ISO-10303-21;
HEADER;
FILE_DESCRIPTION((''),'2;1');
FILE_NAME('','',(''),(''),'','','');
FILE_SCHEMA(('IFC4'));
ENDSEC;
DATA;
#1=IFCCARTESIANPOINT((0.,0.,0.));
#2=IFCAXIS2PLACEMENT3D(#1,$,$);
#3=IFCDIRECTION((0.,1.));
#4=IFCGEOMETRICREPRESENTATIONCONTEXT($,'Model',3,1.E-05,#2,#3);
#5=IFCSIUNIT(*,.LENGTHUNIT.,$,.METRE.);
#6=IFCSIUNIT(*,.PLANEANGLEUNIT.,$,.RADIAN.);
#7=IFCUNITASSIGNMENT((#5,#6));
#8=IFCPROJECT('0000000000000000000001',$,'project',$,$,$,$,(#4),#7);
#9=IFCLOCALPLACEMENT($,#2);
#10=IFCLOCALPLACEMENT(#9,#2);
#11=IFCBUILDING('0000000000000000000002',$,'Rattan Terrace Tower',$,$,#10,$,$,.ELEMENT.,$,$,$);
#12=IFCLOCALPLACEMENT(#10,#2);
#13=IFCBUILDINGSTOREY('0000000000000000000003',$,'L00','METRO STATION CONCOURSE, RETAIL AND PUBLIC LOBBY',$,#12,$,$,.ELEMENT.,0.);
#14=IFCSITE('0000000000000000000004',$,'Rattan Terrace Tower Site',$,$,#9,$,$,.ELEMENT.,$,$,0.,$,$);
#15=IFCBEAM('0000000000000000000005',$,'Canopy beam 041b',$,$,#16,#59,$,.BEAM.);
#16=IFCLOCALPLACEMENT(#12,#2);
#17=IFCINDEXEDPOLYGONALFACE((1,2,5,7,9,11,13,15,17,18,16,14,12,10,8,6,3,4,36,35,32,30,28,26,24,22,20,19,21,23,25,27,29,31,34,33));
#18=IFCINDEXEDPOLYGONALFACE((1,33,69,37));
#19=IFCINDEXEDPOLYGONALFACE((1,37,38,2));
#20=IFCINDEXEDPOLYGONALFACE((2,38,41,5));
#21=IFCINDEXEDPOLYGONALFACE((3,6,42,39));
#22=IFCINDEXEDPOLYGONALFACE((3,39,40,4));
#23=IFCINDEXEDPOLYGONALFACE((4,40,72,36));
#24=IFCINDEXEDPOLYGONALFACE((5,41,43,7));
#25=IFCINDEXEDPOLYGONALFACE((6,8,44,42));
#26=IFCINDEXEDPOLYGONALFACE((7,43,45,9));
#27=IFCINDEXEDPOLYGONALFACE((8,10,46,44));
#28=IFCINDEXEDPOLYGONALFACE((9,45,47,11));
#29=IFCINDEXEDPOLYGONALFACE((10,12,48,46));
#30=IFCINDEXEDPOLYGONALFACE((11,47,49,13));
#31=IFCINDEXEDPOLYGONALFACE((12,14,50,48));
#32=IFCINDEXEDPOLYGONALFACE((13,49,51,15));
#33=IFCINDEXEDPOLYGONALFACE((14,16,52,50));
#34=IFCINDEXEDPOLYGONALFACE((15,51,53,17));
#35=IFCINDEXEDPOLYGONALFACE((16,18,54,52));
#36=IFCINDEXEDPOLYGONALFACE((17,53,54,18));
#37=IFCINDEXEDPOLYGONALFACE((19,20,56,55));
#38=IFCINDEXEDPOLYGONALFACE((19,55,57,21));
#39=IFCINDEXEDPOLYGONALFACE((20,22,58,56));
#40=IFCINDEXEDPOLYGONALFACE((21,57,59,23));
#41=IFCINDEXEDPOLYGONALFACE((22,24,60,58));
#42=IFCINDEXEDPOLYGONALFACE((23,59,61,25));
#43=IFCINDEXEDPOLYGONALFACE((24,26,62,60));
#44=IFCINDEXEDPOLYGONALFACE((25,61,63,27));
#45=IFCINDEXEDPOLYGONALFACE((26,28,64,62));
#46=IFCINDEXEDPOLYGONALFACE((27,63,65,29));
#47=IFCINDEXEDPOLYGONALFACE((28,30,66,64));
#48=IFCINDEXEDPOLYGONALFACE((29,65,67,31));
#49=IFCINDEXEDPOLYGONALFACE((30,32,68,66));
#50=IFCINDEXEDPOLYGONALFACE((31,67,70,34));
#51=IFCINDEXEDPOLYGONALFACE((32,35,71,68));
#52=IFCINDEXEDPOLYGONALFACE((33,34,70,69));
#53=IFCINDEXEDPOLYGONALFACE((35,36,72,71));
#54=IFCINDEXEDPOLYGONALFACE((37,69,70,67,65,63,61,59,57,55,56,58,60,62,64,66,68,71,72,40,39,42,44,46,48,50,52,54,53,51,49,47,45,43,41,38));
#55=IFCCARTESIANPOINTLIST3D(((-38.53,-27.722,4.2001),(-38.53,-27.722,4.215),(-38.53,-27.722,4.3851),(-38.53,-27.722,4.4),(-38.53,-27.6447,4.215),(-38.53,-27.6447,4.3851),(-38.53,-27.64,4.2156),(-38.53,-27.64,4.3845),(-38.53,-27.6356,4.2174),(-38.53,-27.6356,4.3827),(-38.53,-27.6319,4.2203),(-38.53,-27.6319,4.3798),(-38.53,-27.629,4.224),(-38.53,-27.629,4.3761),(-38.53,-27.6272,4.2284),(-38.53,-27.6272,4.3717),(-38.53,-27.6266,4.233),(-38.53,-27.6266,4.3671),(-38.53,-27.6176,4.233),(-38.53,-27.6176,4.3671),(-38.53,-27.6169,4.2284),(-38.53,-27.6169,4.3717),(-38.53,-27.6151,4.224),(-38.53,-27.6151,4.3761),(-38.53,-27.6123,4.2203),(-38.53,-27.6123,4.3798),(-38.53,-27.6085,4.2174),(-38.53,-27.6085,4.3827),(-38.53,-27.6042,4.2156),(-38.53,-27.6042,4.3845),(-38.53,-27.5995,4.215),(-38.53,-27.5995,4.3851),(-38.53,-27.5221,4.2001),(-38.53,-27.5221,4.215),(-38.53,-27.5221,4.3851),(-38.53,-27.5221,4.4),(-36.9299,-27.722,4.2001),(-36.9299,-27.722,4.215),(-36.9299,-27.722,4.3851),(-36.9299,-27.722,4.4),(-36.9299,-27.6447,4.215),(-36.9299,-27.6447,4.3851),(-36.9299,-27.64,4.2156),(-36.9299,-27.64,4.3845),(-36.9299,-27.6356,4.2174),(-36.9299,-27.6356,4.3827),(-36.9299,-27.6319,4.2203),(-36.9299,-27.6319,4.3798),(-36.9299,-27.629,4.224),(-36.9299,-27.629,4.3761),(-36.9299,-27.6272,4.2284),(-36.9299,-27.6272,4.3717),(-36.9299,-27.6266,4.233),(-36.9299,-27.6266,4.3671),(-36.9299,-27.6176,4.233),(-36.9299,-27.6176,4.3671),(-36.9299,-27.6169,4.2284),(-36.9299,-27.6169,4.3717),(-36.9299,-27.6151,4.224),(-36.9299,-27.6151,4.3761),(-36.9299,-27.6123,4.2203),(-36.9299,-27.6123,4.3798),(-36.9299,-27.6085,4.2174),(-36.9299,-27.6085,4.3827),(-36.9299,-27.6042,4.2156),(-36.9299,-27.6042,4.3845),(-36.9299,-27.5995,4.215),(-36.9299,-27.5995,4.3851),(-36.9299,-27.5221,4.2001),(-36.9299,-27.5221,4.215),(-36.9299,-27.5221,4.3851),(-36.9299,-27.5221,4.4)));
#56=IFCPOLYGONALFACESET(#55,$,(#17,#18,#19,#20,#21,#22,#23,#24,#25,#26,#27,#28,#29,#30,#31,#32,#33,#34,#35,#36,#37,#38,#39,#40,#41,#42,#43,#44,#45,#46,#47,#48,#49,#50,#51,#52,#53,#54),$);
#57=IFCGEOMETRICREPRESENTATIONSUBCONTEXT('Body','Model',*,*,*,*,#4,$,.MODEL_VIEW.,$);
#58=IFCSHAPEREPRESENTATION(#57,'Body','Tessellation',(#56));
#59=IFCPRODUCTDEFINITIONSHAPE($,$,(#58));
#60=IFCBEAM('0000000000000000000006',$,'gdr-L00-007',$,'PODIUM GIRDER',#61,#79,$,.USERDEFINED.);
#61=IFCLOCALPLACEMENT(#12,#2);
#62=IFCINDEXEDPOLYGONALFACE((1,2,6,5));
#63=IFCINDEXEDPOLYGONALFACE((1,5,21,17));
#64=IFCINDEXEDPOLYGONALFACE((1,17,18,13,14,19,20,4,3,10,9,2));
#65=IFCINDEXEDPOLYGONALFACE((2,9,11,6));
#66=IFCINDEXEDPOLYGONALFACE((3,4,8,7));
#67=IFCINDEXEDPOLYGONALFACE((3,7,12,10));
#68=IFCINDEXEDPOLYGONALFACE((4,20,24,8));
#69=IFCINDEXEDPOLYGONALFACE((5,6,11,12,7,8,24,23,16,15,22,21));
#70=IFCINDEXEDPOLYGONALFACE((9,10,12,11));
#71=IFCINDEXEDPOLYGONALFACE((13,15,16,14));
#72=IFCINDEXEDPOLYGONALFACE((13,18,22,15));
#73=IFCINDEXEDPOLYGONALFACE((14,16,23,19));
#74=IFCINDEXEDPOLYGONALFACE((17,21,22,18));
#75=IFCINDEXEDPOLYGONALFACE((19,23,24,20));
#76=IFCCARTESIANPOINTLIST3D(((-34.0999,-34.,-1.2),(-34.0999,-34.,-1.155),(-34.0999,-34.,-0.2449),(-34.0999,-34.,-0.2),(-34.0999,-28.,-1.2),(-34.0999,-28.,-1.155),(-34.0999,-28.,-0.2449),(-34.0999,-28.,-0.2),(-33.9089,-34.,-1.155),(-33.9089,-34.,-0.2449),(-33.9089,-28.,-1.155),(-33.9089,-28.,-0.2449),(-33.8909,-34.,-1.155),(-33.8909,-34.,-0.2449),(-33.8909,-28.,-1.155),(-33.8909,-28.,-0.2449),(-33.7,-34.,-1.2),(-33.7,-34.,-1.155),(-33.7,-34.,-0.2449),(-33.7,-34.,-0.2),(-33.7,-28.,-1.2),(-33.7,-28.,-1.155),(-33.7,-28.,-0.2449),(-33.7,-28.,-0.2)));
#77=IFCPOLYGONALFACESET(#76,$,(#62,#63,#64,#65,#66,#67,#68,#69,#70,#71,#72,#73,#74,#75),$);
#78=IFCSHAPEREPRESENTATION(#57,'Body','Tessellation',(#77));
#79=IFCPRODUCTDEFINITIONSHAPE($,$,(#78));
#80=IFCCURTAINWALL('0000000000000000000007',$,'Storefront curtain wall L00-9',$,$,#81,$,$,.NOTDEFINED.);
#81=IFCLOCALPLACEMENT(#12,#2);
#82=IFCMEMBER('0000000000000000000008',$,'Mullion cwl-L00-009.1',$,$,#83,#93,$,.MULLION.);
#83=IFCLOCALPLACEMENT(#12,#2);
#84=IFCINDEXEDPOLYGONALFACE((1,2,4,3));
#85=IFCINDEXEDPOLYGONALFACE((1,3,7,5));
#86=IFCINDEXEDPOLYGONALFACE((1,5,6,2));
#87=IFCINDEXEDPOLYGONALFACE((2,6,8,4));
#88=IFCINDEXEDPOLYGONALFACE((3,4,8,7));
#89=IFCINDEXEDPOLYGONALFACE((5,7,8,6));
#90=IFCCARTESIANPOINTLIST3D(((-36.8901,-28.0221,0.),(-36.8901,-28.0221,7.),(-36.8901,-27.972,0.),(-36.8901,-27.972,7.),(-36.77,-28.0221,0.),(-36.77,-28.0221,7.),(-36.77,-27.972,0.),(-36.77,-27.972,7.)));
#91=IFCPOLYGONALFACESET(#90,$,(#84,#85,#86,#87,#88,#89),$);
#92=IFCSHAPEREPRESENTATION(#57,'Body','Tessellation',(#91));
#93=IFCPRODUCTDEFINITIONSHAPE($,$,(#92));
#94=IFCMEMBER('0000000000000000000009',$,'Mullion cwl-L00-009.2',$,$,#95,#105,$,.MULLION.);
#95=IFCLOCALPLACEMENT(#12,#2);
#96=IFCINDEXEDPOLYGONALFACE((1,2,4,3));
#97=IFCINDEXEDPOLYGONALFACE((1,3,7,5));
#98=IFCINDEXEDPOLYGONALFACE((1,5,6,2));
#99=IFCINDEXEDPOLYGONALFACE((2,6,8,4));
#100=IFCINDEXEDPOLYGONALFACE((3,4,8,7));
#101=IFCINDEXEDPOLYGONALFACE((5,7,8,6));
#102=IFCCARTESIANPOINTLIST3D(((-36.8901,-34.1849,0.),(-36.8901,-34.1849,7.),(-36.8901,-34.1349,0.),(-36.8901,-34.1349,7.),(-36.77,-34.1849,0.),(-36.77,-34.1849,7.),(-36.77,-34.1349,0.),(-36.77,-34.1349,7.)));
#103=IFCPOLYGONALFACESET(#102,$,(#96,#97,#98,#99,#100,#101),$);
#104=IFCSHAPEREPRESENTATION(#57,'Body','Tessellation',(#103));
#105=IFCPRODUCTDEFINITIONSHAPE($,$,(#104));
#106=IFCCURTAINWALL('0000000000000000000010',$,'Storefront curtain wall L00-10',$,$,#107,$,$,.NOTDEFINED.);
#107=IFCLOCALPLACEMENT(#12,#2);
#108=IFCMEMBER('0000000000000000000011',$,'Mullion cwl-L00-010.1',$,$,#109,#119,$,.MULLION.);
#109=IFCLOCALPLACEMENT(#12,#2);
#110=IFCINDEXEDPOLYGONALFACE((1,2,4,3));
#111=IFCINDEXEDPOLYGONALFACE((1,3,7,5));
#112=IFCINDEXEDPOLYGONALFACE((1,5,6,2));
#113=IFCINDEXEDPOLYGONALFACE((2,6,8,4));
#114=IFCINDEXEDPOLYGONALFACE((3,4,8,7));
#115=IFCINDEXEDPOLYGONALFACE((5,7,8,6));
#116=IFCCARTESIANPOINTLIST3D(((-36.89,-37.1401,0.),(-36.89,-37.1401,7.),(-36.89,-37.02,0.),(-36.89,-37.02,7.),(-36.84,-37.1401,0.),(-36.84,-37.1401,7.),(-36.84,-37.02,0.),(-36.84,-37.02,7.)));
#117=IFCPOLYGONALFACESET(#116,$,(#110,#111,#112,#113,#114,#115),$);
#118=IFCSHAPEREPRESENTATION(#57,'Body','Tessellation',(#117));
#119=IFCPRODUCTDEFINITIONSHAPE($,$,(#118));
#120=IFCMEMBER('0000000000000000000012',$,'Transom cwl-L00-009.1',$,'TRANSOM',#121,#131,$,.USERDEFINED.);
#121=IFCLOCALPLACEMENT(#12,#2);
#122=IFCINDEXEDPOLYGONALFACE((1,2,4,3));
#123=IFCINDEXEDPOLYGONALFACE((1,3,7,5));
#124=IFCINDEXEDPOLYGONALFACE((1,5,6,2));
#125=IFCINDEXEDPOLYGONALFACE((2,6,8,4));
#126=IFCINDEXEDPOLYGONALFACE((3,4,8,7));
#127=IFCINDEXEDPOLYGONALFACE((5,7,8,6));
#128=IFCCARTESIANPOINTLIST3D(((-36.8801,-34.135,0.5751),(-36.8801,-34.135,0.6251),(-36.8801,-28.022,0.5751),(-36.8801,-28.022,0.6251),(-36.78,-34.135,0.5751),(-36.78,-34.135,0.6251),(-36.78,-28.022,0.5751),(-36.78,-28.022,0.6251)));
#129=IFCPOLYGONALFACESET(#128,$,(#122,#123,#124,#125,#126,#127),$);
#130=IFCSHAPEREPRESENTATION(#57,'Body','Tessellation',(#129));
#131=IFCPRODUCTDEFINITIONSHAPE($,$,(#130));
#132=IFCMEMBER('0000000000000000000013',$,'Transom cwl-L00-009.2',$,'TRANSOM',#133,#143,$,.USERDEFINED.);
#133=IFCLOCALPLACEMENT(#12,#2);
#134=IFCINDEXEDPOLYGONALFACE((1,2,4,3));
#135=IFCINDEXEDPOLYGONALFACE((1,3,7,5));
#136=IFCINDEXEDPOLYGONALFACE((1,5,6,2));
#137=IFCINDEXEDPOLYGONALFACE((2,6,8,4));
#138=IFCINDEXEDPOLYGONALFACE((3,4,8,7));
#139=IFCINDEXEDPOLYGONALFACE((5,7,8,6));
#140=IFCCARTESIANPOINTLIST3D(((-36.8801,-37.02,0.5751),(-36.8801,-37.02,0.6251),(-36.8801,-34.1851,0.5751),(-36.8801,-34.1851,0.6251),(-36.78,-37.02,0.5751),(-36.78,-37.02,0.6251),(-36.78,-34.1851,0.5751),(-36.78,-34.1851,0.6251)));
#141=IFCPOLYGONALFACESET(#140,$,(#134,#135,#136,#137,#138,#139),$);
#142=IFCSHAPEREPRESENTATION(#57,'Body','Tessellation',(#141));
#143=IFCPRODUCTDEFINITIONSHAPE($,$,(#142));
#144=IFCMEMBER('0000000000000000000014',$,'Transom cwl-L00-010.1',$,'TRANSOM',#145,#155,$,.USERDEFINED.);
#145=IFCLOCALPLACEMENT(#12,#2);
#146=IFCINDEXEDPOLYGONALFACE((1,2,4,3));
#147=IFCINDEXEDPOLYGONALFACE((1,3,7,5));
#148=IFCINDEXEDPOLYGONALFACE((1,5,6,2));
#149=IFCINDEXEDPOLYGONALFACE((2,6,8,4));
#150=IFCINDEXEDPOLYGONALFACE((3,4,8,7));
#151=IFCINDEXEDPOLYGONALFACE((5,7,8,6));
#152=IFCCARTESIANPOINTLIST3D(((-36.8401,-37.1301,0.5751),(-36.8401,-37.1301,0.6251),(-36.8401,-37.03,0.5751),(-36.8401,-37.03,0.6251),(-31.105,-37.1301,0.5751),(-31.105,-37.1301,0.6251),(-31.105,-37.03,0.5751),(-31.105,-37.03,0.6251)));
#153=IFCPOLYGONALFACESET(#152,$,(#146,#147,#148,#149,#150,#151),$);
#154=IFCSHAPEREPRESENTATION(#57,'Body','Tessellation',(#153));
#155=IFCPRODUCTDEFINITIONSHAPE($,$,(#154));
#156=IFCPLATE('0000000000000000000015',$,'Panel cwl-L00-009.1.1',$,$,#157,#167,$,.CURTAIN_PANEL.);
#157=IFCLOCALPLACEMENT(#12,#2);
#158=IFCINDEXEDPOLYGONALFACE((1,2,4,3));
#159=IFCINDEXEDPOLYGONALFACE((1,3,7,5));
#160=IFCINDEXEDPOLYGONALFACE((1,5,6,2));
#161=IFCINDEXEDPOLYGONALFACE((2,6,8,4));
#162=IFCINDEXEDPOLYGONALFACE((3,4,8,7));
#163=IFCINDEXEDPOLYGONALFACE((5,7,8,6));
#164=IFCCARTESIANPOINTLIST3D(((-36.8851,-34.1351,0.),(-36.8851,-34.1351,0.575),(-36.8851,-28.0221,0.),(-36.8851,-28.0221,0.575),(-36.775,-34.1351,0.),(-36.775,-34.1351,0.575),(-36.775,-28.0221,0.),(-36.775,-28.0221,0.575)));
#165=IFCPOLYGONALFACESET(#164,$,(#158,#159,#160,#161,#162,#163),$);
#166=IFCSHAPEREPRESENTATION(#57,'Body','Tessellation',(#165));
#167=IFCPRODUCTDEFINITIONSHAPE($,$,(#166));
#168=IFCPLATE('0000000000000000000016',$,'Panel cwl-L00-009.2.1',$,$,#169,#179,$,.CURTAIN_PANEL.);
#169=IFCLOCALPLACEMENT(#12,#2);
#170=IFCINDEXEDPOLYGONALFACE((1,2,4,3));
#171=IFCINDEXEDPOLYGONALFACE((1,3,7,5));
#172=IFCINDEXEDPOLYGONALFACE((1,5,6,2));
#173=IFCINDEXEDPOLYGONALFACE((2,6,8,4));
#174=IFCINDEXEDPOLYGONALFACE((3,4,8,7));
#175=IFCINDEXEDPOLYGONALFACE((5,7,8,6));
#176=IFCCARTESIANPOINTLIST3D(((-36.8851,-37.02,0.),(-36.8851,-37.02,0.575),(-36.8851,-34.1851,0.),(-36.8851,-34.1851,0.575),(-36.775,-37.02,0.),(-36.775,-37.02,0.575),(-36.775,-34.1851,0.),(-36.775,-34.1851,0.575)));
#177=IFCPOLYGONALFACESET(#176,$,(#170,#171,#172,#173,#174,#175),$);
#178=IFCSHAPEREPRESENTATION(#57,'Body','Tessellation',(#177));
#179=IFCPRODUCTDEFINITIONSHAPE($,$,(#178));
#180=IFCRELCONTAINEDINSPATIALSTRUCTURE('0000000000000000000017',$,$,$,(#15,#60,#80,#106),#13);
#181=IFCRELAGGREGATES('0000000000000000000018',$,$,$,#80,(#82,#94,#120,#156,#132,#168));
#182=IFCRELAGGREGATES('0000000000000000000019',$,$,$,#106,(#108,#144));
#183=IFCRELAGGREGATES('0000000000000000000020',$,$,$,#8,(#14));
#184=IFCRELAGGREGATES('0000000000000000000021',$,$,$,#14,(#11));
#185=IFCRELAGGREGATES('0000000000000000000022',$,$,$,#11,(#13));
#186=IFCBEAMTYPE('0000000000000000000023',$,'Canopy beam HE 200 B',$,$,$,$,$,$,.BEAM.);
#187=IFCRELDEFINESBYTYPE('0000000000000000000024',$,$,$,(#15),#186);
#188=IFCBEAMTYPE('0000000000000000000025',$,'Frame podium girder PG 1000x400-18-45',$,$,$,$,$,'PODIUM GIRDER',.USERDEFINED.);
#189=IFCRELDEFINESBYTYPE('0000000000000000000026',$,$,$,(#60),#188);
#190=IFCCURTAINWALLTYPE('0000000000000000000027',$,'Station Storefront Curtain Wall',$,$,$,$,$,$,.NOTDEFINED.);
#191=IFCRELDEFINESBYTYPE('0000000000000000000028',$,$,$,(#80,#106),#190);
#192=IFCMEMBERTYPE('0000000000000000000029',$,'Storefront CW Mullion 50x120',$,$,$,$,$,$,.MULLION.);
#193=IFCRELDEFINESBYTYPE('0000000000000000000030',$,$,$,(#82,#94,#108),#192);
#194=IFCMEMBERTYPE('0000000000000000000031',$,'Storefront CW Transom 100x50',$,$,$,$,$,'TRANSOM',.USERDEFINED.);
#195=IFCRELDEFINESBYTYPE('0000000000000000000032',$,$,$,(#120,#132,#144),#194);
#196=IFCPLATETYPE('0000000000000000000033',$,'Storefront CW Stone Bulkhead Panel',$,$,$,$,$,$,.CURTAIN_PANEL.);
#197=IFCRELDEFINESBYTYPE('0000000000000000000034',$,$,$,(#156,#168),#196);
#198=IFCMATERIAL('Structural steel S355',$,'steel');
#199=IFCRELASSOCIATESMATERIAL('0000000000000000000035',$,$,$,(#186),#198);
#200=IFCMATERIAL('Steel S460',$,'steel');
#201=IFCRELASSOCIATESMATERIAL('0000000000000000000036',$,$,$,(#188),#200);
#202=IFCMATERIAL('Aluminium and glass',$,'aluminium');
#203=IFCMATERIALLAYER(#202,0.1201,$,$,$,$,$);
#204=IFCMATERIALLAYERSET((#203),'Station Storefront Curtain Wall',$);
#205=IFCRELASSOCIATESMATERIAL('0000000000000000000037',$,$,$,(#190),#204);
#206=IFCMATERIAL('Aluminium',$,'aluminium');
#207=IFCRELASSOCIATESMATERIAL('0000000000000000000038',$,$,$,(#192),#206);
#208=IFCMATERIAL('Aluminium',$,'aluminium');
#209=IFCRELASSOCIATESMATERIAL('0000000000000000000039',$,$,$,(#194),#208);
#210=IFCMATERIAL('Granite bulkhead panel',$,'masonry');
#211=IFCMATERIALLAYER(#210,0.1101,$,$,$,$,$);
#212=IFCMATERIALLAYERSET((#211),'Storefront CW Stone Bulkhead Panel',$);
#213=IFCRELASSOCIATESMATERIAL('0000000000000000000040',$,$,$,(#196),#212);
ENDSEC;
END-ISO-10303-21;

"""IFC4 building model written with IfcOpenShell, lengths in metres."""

from ifc_helpers import new_model, si_unit, direction, frame, origin, origin_2d, place, context, subcontext, project, spatial, rectangle, i_section, extrude, material, layer, layer_set, material_profile, profile_set, type_object, element, aggregate, save


model = new_model("IFC4")

# Units and contexts
model_context = context("Model", 3, precision=1e-05, world=origin(), true_north=direction((0.0, 1.0)))
body_context = subcontext(model_context, "Body", "Model", "MODEL_VIEW")
ifc_project = project(units=[si_unit("LENGTHUNIT", "METRE"), si_unit("PLANEANGLEUNIT", "RADIAN")], contexts=[model_context])

# Site, building, storey
site_placement = place(None, origin())
site = spatial("IfcSite", under=ifc_project, at=site_placement, Name="Rattan Terrace Tower Site", CompositionType="ELEMENT", RefElevation=0.0)
building_placement = place(site_placement, origin())
building = spatial("IfcBuilding", under=site, at=building_placement, Name="Rattan Terrace Tower", CompositionType="ELEMENT")
storey_placement = place(building_placement, origin())
storey = spatial("IfcBuildingStorey", under=building, at=storey_placement, Name="L00", Description="METRO STATION CONCOURSE, RETAIL AND PUBLIC LOBBY", CompositionType="ELEMENT", Elevation=0.0)

# Beams
ifc_material_1 = material(Name="Structural steel S355", Category="steel")
ifc_material_profile_1 = material_profile(ifc_material_1, i_section(OverallWidth=0.2, OverallDepth=0.2, WebThickness=0.009, FlangeThickness=0.0149, FilletRadius=0.0181, at=origin_2d()), Name="HE 200 B")
ifc_profile_set_1 = profile_set([ifc_material_profile_1], Name="Structural steel S355")
beam_type_1 = type_object("IfcBeamType", Name="Canopy beam HE 200 B", PredefinedType="BEAM", material=ifc_profile_set_1)
for number, where, z_axis, x_axis, name in (
    (1, (-36.9299, -27.6221, 4.3), (-1.0, 0.0, 0.0), (0.0, -1.0, 0.0), "Canopy beam 041b"),
):
    element("IfcBeam", number, at=place(storey_placement, frame(where, z_axis=z_axis, x_axis=x_axis)), inside=storey, type_object=beam_type_1, Name=name, PredefinedType="BEAM", context=body_context, shape_type="SweptSolid", body=[
        extrude(i_section(OverallWidth=0.2, OverallDepth=0.2, WebThickness=0.009, FlangeThickness=0.0149, FilletRadius=0.0181, at=origin_2d()), origin(), (0.0, 0.0, 1.0), 1.6001),
    ])
ifc_material_2 = material(Name="Steel S460", Category="steel")
ifc_material_profile_2 = material_profile(ifc_material_2, i_section(OverallWidth=0.3999, OverallDepth=1.0, WebThickness=0.0181, FlangeThickness=0.0449, at=origin_2d()), Name="PG 1000x400-18-45")
ifc_profile_set_2 = profile_set([ifc_material_profile_2], Name="Steel S460")
beam_type_2 = type_object("IfcBeamType", Name="Frame podium girder PG 1000x400-18-45", ElementType="PODIUM GIRDER", PredefinedType="USERDEFINED", material=ifc_profile_set_2)
beam_placement = place(storey_placement, frame((-33.8999, -34.0, -0.7), z_axis=(0.0, 1.0, 0.0), x_axis=(-1.0, 0.0, 0.0)))
element("IfcBeam", 2, at=beam_placement, inside=storey, type_object=beam_type_2, Name="gdr-L00-007", ObjectType="PODIUM GIRDER", PredefinedType="USERDEFINED", context=body_context, shape_type="SweptSolid", body=[
    extrude(i_section(OverallWidth=0.3999, OverallDepth=1.0, WebThickness=0.0181, FlangeThickness=0.0449, at=origin_2d()), origin(), (0.0, 0.0, 1.0), 6.0),
])

# Curtain wall, members
ifc_material_3 = material(Name="Aluminium and glass", Category="aluminium")
ifc_layer_1 = layer(ifc_material_3, 0.1201)
ifc_layer_set_1 = layer_set([ifc_layer_1], Name="Station Storefront Curtain Wall")
curtain_wall_type = type_object("IfcCurtainWallType", Name="Station Storefront Curtain Wall", PredefinedType="NOTDEFINED", material=ifc_layer_set_1)
curtain_wall_1_placement = place(storey_placement, origin())
curtain_wall_1 = element("IfcCurtainWall", 3, at=curtain_wall_1_placement, inside=storey, type_object=curtain_wall_type, Name="Storefront curtain wall L00-9", PredefinedType="NOTDEFINED")
ifc_material_4 = material(Name="Aluminium", Category="aluminium")
ifc_material_profile_3 = material_profile(ifc_material_4, rectangle(XDim=0.05, YDim=0.1201, at=origin_2d()), Name="Aluminium 50x120")
ifc_profile_set_3 = profile_set([ifc_material_profile_3], Name="Aluminium")
member_type_1 = type_object("IfcMemberType", Name="Storefront CW Mullion 50x120", PredefinedType="MULLION", material=ifc_profile_set_3)
member_1_placement = place(storey_placement, frame((-36.8301, -27.9971, 0.0), z_axis=(0.0, 0.0, 1.0), x_axis=(0.0, -1.0, 0.0)))
member_1 = element("IfcMember", 4, at=member_1_placement, type_object=member_type_1, Name="Mullion cwl-L00-009.1", PredefinedType="MULLION", context=body_context, shape_type="SweptSolid", body=[
    extrude(rectangle(XDim=0.05, YDim=0.1201, at=origin_2d()), origin(), (0.0, 0.0, 1.0), 7.0),
])
member_2_placement = place(storey_placement, frame((-36.8301, -34.1599, 0.0), z_axis=(0.0, 0.0, 1.0), x_axis=(0.0, -1.0, 0.0)))
member_2 = element("IfcMember", 5, at=member_2_placement, type_object=member_type_1, Name="Mullion cwl-L00-009.2", PredefinedType="MULLION", context=body_context, shape_type="SweptSolid", body=[
    extrude(rectangle(XDim=0.05, YDim=0.1201, at=origin_2d()), origin(), (0.0, 0.0, 1.0), 7.0),
])

# Curtain wall, member
curtain_wall_2_placement = place(storey_placement, origin())
curtain_wall_2 = element("IfcCurtainWall", 6, at=curtain_wall_2_placement, inside=storey, type_object=curtain_wall_type, Name="Storefront curtain wall L00-10", PredefinedType="NOTDEFINED")
member_3_placement = place(storey_placement, frame((-36.865, -37.0801, 0.0), z_axis=(0.0, 0.0, 1.0), x_axis=(1.0, 0.0, 0.0)))
member_3 = element("IfcMember", 7, at=member_3_placement, type_object=member_type_1, Name="Mullion cwl-L00-010.1", PredefinedType="MULLION", context=body_context, shape_type="SweptSolid", body=[
    extrude(rectangle(XDim=0.05, YDim=0.1201, at=origin_2d()), origin(), (0.0, 0.0, 1.0), 7.0),
])

# Members
ifc_material_5 = material(Name="Aluminium", Category="aluminium")
ifc_material_profile_4 = material_profile(ifc_material_5, rectangle(XDim=0.1001, YDim=0.05, at=origin_2d()), Name="Aluminium 100x50")
ifc_profile_set_4 = profile_set([ifc_material_profile_4], Name="Aluminium")
member_type_2 = type_object("IfcMemberType", Name="Storefront CW Transom 100x50", ElementType="TRANSOM", PredefinedType="USERDEFINED", material=ifc_profile_set_4)
member_4_placement = place(storey_placement, frame((-36.8301, -28.022, 0.6001), z_axis=(0.0, -1.0, 0.0), x_axis=(1.0, 0.0, 0.0)))
member_4 = element("IfcMember", 8, at=member_4_placement, type_object=member_type_2, Name="Transom cwl-L00-009.1", ObjectType="TRANSOM", PredefinedType="USERDEFINED", context=body_context, shape_type="SweptSolid", body=[
    extrude(rectangle(XDim=0.1001, YDim=0.05, at=origin_2d()), origin(), (0.0, 0.0, 1.0), 6.113),
])
member_5_placement = place(storey_placement, frame((-36.8301, -34.1851, 0.6001), z_axis=(0.0, -1.0, 0.0), x_axis=(1.0, 0.0, 0.0)))
member_5 = element("IfcMember", 9, at=member_5_placement, type_object=member_type_2, Name="Transom cwl-L00-009.2", ObjectType="TRANSOM", PredefinedType="USERDEFINED", context=body_context, shape_type="SweptSolid", body=[
    extrude(rectangle(XDim=0.1001, YDim=0.05, at=origin_2d()), origin(), (0.0, 0.0, 1.0), 2.835),
])
member_6_placement = place(storey_placement, frame((-36.8401, -37.0801, 0.6001), z_axis=(1.0, 0.0, 0.0), x_axis=(0.0, 1.0, 0.0)))
member_6 = element("IfcMember", 10, at=member_6_placement, type_object=member_type_2, Name="Transom cwl-L00-010.1", ObjectType="TRANSOM", PredefinedType="USERDEFINED", context=body_context, shape_type="SweptSolid", body=[
    extrude(rectangle(XDim=0.1001, YDim=0.05, at=origin_2d()), origin(), (0.0, 0.0, 1.0), 5.7351),
])

# Plates
ifc_material_6 = material(Name="Granite bulkhead panel", Category="masonry")
ifc_layer_2 = layer(ifc_material_6, 0.1101)
ifc_layer_set_2 = layer_set([ifc_layer_2], Name="Storefront CW Stone Bulkhead Panel")
plate_type_1 = type_object("IfcPlateType", Name="Storefront CW Stone Bulkhead Panel", PredefinedType="CURTAIN_PANEL", material=ifc_layer_set_2)
plate_1_placement = place(storey_placement, frame((-36.8301, -31.0786, 0.0), z_axis=(0.0, 0.0, 1.0), x_axis=(0.0, -1.0, 0.0)))
plate_1 = element("IfcPlate", 11, at=plate_1_placement, type_object=plate_type_1, Name="Panel cwl-L00-009.1.1", PredefinedType="CURTAIN_PANEL", context=body_context, shape_type="SweptSolid", body=[
    extrude(rectangle(XDim=6.113, YDim=0.1101, at=origin_2d()), origin(), (0.0, 0.0, 1.0), 0.575),
])
plate_2_placement = place(storey_placement, frame((-36.8301, -35.6025, 0.0), z_axis=(0.0, 0.0, 1.0), x_axis=(0.0, -1.0, 0.0)))
plate_2 = element("IfcPlate", 12, at=plate_2_placement, type_object=plate_type_1, Name="Panel cwl-L00-009.2.1", PredefinedType="CURTAIN_PANEL", context=body_context, shape_type="SweptSolid", body=[
    extrude(rectangle(XDim=2.835, YDim=0.1101, at=origin_2d()), origin(), (0.0, 0.0, 1.0), 0.575),
])
aggregate(curtain_wall_1, [member_1, member_2, member_4, plate_1, member_5, plate_2])
aggregate(curtain_wall_2, [member_3, member_6])

save(model, "model.ifc")
